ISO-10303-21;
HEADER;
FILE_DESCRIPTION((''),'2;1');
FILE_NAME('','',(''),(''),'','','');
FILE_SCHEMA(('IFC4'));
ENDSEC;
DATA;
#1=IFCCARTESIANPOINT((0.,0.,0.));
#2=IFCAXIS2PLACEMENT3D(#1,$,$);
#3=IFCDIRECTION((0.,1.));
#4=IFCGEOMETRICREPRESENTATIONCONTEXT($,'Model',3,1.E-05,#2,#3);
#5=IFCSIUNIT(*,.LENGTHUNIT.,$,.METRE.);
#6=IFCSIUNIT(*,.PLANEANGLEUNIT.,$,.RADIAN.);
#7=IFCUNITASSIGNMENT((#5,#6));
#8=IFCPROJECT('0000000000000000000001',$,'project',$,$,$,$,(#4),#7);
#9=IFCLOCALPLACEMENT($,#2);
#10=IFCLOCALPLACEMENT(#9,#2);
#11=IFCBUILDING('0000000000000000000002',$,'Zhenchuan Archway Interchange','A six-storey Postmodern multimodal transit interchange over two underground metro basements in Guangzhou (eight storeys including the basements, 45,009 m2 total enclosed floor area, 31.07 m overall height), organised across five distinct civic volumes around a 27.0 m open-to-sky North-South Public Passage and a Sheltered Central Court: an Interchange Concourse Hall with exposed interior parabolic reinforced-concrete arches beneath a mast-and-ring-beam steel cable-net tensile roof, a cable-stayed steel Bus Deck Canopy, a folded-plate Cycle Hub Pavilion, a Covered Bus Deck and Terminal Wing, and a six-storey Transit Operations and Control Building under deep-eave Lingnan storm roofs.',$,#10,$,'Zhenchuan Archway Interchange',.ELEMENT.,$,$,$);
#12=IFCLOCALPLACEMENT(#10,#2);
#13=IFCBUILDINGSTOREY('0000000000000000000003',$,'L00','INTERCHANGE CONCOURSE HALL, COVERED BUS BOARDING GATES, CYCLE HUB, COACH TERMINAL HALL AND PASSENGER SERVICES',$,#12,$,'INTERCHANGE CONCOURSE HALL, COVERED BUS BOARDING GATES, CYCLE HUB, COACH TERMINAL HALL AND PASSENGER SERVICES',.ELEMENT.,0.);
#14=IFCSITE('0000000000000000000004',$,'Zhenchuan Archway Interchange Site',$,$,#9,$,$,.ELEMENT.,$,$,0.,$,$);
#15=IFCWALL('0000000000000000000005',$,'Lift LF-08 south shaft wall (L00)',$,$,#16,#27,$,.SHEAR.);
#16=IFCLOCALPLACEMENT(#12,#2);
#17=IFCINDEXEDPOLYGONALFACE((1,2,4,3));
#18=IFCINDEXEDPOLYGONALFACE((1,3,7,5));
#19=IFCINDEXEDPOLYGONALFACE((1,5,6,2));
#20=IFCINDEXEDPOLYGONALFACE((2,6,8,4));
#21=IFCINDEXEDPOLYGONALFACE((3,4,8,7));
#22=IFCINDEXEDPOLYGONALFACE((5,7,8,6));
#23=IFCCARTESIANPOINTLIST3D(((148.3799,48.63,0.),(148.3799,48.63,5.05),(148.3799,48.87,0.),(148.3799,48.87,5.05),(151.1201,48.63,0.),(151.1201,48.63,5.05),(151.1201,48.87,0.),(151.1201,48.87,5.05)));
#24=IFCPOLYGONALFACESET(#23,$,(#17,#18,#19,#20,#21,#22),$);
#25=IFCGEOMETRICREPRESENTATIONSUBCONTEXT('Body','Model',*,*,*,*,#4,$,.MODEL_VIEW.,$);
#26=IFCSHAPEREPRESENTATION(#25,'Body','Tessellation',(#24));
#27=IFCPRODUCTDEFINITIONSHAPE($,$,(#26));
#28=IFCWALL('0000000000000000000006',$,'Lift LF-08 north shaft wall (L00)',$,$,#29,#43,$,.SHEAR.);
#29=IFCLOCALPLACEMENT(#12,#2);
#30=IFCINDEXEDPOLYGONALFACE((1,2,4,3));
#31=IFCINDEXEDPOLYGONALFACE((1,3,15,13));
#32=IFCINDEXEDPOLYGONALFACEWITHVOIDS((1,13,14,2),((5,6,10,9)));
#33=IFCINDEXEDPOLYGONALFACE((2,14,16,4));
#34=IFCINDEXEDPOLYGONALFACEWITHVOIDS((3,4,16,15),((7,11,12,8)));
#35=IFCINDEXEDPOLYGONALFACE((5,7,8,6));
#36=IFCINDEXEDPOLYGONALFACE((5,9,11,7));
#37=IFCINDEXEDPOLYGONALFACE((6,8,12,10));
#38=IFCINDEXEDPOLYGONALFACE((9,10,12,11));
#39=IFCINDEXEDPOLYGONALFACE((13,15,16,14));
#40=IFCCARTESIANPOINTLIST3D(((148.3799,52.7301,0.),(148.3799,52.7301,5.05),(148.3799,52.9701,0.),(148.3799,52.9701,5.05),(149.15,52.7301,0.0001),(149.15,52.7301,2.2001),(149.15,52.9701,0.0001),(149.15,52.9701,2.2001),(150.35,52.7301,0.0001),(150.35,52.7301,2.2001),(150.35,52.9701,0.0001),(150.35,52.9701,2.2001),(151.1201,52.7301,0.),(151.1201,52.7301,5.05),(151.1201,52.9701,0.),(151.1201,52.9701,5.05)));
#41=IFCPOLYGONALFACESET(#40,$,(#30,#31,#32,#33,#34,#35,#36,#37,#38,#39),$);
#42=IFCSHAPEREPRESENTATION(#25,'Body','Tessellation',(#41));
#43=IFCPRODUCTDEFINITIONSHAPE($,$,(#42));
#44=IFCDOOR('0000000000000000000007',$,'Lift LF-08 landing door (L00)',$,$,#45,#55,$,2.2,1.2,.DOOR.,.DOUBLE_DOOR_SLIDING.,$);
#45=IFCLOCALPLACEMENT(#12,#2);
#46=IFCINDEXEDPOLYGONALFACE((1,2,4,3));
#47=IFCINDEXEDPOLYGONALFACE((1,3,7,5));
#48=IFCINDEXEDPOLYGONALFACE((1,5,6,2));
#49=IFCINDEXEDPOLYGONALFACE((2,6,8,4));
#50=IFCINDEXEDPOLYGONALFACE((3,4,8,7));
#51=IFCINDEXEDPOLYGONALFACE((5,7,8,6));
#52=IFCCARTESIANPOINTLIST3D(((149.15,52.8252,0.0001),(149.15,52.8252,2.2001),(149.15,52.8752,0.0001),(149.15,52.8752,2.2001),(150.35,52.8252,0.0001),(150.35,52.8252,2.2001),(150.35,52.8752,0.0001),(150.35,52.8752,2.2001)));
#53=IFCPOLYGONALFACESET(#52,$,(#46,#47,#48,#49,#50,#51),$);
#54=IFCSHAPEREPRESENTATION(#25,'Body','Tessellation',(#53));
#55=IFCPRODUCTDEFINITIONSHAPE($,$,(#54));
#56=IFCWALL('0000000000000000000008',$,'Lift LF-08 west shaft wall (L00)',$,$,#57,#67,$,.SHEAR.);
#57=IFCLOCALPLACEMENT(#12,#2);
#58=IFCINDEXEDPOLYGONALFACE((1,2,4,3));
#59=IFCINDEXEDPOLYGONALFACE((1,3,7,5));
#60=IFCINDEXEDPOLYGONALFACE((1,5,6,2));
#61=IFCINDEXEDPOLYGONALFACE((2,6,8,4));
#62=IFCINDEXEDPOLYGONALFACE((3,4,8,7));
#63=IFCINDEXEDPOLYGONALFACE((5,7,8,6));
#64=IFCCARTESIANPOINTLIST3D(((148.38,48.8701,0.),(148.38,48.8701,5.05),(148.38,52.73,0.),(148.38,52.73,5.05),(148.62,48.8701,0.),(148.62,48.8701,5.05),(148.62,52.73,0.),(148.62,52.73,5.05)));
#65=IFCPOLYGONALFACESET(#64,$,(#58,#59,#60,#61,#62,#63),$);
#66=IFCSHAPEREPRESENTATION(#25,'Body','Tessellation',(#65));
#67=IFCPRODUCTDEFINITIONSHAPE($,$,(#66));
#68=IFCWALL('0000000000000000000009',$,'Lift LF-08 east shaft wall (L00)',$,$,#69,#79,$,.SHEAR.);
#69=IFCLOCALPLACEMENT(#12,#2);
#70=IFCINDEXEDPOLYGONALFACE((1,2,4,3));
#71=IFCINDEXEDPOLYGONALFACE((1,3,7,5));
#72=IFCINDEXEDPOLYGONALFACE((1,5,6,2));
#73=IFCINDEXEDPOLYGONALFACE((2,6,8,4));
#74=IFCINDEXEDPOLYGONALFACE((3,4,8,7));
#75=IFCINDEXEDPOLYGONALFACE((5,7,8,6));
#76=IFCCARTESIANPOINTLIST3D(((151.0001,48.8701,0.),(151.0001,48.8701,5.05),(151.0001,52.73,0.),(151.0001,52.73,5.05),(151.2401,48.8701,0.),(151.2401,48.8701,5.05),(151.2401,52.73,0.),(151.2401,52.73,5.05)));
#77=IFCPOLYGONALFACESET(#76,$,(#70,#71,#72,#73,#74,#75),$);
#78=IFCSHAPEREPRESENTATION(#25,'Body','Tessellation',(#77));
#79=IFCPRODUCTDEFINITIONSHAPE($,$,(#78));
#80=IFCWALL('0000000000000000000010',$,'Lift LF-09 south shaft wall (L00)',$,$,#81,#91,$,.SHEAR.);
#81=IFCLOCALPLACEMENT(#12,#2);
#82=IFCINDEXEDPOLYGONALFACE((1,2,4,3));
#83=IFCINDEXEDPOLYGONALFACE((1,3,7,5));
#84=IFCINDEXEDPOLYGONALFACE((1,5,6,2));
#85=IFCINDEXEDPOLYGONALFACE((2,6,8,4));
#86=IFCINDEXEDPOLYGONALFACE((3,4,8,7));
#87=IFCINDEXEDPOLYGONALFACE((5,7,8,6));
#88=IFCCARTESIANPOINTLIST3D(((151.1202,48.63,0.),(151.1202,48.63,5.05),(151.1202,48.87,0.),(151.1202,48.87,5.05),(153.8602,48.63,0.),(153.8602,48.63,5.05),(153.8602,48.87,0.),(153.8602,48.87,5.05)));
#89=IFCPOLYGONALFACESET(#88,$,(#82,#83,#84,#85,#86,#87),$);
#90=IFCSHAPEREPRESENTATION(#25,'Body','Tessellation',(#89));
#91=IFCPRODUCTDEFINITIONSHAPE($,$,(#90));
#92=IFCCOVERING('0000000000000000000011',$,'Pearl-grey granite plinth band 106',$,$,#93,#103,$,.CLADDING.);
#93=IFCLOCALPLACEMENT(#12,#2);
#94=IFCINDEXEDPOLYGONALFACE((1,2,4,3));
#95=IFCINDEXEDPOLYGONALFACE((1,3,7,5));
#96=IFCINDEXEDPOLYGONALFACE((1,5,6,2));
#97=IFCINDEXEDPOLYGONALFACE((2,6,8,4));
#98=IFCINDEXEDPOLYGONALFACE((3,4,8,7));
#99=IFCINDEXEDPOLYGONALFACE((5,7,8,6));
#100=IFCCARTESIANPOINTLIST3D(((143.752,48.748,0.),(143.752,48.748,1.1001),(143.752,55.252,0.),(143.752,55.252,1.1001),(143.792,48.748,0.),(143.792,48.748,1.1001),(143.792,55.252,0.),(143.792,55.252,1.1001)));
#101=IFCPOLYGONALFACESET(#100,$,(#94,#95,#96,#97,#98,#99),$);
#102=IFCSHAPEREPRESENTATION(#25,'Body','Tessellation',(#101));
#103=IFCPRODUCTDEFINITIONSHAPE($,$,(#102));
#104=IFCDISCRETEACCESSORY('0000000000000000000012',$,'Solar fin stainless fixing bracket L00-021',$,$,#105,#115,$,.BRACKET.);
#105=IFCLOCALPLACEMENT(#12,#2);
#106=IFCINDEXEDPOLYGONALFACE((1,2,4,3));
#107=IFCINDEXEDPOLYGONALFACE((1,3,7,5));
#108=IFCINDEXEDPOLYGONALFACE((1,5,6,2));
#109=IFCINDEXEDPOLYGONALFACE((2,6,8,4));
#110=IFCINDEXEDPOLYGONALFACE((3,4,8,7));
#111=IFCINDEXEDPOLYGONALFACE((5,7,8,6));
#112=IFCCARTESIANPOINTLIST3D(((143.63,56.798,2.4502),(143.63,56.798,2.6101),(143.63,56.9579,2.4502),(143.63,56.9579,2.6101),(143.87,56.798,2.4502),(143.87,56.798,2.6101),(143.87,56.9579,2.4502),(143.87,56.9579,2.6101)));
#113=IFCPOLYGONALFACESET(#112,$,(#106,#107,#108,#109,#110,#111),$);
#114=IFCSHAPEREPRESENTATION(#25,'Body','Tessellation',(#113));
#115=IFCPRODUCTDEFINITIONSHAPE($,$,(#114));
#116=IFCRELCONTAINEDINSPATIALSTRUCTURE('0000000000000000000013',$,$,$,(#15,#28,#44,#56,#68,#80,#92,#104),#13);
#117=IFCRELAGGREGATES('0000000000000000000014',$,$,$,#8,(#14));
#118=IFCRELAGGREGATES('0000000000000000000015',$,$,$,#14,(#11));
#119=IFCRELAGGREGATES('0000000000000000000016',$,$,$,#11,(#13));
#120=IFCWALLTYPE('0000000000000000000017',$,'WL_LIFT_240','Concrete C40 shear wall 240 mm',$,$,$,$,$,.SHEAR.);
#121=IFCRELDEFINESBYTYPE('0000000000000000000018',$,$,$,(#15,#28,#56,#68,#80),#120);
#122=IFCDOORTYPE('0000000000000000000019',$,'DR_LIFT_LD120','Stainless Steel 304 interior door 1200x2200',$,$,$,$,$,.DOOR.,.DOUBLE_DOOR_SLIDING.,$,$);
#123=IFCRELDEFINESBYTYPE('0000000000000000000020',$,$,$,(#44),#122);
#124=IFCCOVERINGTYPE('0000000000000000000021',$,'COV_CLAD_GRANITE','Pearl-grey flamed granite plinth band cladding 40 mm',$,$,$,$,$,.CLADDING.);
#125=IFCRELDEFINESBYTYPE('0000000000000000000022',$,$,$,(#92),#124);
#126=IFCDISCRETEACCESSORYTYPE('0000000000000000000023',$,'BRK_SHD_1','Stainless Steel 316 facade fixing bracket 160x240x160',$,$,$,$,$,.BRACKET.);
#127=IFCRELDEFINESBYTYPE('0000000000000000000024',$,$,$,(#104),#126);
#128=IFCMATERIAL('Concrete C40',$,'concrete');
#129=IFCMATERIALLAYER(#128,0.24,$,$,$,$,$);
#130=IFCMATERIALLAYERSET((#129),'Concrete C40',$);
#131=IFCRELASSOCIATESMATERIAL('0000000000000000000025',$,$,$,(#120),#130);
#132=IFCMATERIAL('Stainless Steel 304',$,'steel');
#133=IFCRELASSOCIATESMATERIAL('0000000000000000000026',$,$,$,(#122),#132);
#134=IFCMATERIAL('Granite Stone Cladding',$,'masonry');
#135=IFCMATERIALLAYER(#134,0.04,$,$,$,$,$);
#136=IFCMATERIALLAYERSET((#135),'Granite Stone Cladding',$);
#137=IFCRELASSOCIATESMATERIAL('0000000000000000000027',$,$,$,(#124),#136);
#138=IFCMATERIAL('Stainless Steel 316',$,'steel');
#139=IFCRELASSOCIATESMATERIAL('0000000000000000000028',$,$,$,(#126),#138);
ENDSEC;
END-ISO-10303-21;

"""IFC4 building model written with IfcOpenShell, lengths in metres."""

from ifc_helpers import new_model, si_unit, direction, frame, frame_2d, origin, origin_2d, place, context, subcontext, project, spatial, rectangle, extrude, material, layer, layer_set, type_object, element, fill, save


model = new_model("IFC4")

# Units and contexts
model_context = context("Model", 3, precision=1e-05, world=origin(), true_north=direction((0.0, 1.0)))
body_context = subcontext(model_context, "Body", "Model", "MODEL_VIEW")
ifc_project = project(units=[si_unit("LENGTHUNIT", "METRE"), si_unit("PLANEANGLEUNIT", "RADIAN")], contexts=[model_context])

# Site, building, storey
site_placement = place(None, origin())
site = spatial("IfcSite", under=ifc_project, at=site_placement, Name="Zhenchuan Archway Interchange Site", CompositionType="ELEMENT", RefElevation=0.0)
building_placement = place(site_placement, origin())
building = spatial("IfcBuilding", under=site, at=building_placement, Name="Zhenchuan Archway Interchange", Description="A six-storey Postmodern multimodal transit interchange over two underground metro basements in Guangzhou (eight storeys including the basements, 45,009 m2 total enclosed floor area, 31.07 m overall height), organised across five distinct civic volumes around a 27.0 m open-to-sky North-South Public Passage and a Sheltered Central Court: an Interchange Concourse Hall with exposed interior parabolic reinforced-concrete arches beneath a mast-and-ring-beam steel cable-net tensile roof, a cable-stayed steel Bus Deck Canopy, a folded-plate Cycle Hub Pavilion, a Covered Bus Deck and Terminal Wing, and a six-storey Transit Operations and Control Building under deep-eave Lingnan storm roofs.", LongName="Zhenchuan Archway Interchange", CompositionType="ELEMENT")
storey_placement = place(building_placement, origin())
storey = spatial("IfcBuildingStorey", under=building, at=storey_placement, Name="L00", Description="INTERCHANGE CONCOURSE HALL, COVERED BUS BOARDING GATES, CYCLE HUB, COACH TERMINAL HALL AND PASSENGER SERVICES", LongName="INTERCHANGE CONCOURSE HALL, COVERED BUS BOARDING GATES, CYCLE HUB, COACH TERMINAL HALL AND PASSENGER SERVICES", CompositionType="ELEMENT", Elevation=0.0)

# Shared definitions
ifc_material_1 = material(Name="Concrete C40", Category="concrete")

# Shared definitions
ifc_material_2 = material(Name="Granite Stone Cladding", Category="masonry")

# Wall
ifc_layer_1 = layer(ifc_material_1, 0.24)
ifc_layer_set_1 = layer_set([ifc_layer_1], Name="Concrete C40")
wall_type_1 = type_object("IfcWallType", Name="WL_LIFT_240", Description="Concrete C40 shear wall 240 mm", PredefinedType="SHEAR", material=ifc_layer_set_1)
wall_1_placement = place(storey_placement, frame((148.3799, 48.75, 0.0), z_axis=(0.0, 0.0, 1.0), x_axis=(1.0, 0.0, 0.0)))
element("IfcWall", 1, at=wall_1_placement, inside=storey, type_object=wall_type_1, Name="Lift LF-08 south shaft wall (L00)", PredefinedType="SHEAR", context=body_context, shape_type="SweptSolid", body=[
    extrude(rectangle(XDim=2.7402, YDim=0.24, at=frame_2d((1.3701, 0.0))), origin(), (0.0, 0.0, 1.0), 5.05),
])

# Wall, opening, door
wall_2_placement = place(storey_placement, frame((151.1201, 52.8501, 0.0), z_axis=(0.0, 0.0, 1.0), x_axis=(-1.0, 0.0, 0.0)))
wall_2 = element("IfcWall", 2, at=wall_2_placement, inside=storey, type_object=wall_type_1, Name="Lift LF-08 north shaft wall (L00)", PredefinedType="SHEAR", context=body_context, shape_type="SweptSolid", body=[
    extrude(rectangle(XDim=2.7402, YDim=0.24, at=frame_2d((1.3701, 0.0))), origin(), (0.0, 0.0, 1.0), 5.05),
])
opening_1_placement = place(wall_2_placement, frame((0.77, 0.0, 0.0)))
opening_1 = element("IfcOpeningElement", 3, at=opening_1_placement, cuts=wall_2, PredefinedType="OPENING", context=body_context, shape_type="SweptSolid", body=[
    extrude(rectangle(XDim=1.2, YDim=2.2, at=frame_2d((0.6001, 1.1001))), frame((0.0, 0.1318, 0.0), z_axis=(0.0, -1.0, 0.0), x_axis=(1.0, 0.0, 0.0)), (0.0, 0.0, 1.0), 0.2639),
])
ifc_material_3 = material(Name="Stainless Steel 304", Category="steel")
door_type_1 = type_object("IfcDoorType", Name="DR_LIFT_LD120", Description="Stainless Steel 304 interior door 1200x2200", OperationType="DOUBLE_DOOR_SLIDING", PredefinedType="DOOR", material=ifc_material_3)
door_1_placement = place(opening_1_placement, origin())
door_1 = element("IfcDoor", 4, at=door_1_placement, inside=storey, type_object=door_type_1, Name="Lift LF-08 landing door (L00)", OperationType="DOUBLE_DOOR_SLIDING", OverallHeight=2.2, OverallWidth=1.2, PredefinedType="DOOR", context=body_context, shape_type="SweptSolid", body=[
    extrude(rectangle(XDim=1.2, YDim=2.2, at=frame_2d((0.6001, 1.1001))), frame((0.0, 0.0249, 0.0), z_axis=(0.0, -1.0, 0.0), x_axis=(1.0, 0.0, 0.0)), (0.0, 0.0, 1.0), 0.05),
])
fill(opening_1, door_1)

# Walls
for number, where, z_axis, x_axis, name in (
    (5, (148.5, 52.73, 0.0), (0.0, 0.0, 1.0), (0.0, -1.0, 0.0), "Lift LF-08 west shaft wall (L00)"),
    (6, (151.1201, 48.8701, 0.0), (0.0, 0.0, 1.0), (0.0, 1.0, 0.0), "Lift LF-08 east shaft wall (L00)"),
):
    element("IfcWall", number, at=place(storey_placement, frame(where, z_axis=z_axis, x_axis=x_axis)), inside=storey, type_object=wall_type_1, Name=name, PredefinedType="SHEAR", context=body_context, shape_type="SweptSolid", body=[
        extrude(rectangle(XDim=3.8599, YDim=0.24, at=frame_2d((1.9299, 0.0))), origin(), (0.0, 0.0, 1.0), 5.05),
    ])
wall_3_placement = place(storey_placement, frame((151.1201, 48.75, 0.0), z_axis=(0.0, 0.0, 1.0), x_axis=(1.0, 0.0, 0.0)))
element("IfcWall", 7, at=wall_3_placement, inside=storey, type_object=wall_type_1, Name="Lift LF-09 south shaft wall (L00)", PredefinedType="SHEAR", context=body_context, shape_type="SweptSolid", body=[
    extrude(rectangle(XDim=2.74, YDim=0.24, at=frame_2d((1.3701, 0.0))), origin(), (0.0, 0.0, 1.0), 5.05),
])

# Covering
ifc_layer_2 = layer(ifc_material_2, 0.04)
ifc_layer_set_2 = layer_set([ifc_layer_2], Name="Granite Stone Cladding")
covering_type = type_object("IfcCoveringType", Name="COV_CLAD_GRANITE", Description="Pearl-grey flamed granite plinth band cladding 40 mm", PredefinedType="CLADDING", material=ifc_layer_set_2)
covering_placement = place(storey_placement, frame((143.772, 52.0, 0.0), z_axis=(0.0, 0.0, 1.0), x_axis=(0.0, 1.0, 0.0)))
element("IfcCovering", 8, at=covering_placement, inside=storey, type_object=covering_type, Name="Pearl-grey granite plinth band 106", PredefinedType="CLADDING", context=body_context, shape_type="SweptSolid", body=[
    extrude(rectangle(XDim=6.5039, YDim=0.04, at=origin_2d()), origin(), (0.0, 0.0, 1.0), 1.1001),
])

# Discrete accessory
ifc_material_4 = material(Name="Stainless Steel 316", Category="steel")
discrete_accessory_type = type_object("IfcDiscreteAccessoryType", Name="BRK_SHD_1", Description="Stainless Steel 316 facade fixing bracket 160x240x160", PredefinedType="BRACKET", material=ifc_material_4)
discrete_accessory_placement = place(storey_placement, frame((143.75, 56.8779, 2.4502), z_axis=(0.0, 0.0, 1.0), x_axis=(0.0, 1.0, 0.0)))
element("IfcDiscreteAccessory", 9, at=discrete_accessory_placement, inside=storey, type_object=discrete_accessory_type, Name="Solar fin stainless fixing bracket L00-021", PredefinedType="BRACKET", context=body_context, shape_type="SweptSolid", body=[
    extrude(rectangle(XDim=0.1599, YDim=0.24, at=origin_2d()), origin(), (0.0, 0.0, 1.0), 0.1599),
])

save(model, "model.ifc")
